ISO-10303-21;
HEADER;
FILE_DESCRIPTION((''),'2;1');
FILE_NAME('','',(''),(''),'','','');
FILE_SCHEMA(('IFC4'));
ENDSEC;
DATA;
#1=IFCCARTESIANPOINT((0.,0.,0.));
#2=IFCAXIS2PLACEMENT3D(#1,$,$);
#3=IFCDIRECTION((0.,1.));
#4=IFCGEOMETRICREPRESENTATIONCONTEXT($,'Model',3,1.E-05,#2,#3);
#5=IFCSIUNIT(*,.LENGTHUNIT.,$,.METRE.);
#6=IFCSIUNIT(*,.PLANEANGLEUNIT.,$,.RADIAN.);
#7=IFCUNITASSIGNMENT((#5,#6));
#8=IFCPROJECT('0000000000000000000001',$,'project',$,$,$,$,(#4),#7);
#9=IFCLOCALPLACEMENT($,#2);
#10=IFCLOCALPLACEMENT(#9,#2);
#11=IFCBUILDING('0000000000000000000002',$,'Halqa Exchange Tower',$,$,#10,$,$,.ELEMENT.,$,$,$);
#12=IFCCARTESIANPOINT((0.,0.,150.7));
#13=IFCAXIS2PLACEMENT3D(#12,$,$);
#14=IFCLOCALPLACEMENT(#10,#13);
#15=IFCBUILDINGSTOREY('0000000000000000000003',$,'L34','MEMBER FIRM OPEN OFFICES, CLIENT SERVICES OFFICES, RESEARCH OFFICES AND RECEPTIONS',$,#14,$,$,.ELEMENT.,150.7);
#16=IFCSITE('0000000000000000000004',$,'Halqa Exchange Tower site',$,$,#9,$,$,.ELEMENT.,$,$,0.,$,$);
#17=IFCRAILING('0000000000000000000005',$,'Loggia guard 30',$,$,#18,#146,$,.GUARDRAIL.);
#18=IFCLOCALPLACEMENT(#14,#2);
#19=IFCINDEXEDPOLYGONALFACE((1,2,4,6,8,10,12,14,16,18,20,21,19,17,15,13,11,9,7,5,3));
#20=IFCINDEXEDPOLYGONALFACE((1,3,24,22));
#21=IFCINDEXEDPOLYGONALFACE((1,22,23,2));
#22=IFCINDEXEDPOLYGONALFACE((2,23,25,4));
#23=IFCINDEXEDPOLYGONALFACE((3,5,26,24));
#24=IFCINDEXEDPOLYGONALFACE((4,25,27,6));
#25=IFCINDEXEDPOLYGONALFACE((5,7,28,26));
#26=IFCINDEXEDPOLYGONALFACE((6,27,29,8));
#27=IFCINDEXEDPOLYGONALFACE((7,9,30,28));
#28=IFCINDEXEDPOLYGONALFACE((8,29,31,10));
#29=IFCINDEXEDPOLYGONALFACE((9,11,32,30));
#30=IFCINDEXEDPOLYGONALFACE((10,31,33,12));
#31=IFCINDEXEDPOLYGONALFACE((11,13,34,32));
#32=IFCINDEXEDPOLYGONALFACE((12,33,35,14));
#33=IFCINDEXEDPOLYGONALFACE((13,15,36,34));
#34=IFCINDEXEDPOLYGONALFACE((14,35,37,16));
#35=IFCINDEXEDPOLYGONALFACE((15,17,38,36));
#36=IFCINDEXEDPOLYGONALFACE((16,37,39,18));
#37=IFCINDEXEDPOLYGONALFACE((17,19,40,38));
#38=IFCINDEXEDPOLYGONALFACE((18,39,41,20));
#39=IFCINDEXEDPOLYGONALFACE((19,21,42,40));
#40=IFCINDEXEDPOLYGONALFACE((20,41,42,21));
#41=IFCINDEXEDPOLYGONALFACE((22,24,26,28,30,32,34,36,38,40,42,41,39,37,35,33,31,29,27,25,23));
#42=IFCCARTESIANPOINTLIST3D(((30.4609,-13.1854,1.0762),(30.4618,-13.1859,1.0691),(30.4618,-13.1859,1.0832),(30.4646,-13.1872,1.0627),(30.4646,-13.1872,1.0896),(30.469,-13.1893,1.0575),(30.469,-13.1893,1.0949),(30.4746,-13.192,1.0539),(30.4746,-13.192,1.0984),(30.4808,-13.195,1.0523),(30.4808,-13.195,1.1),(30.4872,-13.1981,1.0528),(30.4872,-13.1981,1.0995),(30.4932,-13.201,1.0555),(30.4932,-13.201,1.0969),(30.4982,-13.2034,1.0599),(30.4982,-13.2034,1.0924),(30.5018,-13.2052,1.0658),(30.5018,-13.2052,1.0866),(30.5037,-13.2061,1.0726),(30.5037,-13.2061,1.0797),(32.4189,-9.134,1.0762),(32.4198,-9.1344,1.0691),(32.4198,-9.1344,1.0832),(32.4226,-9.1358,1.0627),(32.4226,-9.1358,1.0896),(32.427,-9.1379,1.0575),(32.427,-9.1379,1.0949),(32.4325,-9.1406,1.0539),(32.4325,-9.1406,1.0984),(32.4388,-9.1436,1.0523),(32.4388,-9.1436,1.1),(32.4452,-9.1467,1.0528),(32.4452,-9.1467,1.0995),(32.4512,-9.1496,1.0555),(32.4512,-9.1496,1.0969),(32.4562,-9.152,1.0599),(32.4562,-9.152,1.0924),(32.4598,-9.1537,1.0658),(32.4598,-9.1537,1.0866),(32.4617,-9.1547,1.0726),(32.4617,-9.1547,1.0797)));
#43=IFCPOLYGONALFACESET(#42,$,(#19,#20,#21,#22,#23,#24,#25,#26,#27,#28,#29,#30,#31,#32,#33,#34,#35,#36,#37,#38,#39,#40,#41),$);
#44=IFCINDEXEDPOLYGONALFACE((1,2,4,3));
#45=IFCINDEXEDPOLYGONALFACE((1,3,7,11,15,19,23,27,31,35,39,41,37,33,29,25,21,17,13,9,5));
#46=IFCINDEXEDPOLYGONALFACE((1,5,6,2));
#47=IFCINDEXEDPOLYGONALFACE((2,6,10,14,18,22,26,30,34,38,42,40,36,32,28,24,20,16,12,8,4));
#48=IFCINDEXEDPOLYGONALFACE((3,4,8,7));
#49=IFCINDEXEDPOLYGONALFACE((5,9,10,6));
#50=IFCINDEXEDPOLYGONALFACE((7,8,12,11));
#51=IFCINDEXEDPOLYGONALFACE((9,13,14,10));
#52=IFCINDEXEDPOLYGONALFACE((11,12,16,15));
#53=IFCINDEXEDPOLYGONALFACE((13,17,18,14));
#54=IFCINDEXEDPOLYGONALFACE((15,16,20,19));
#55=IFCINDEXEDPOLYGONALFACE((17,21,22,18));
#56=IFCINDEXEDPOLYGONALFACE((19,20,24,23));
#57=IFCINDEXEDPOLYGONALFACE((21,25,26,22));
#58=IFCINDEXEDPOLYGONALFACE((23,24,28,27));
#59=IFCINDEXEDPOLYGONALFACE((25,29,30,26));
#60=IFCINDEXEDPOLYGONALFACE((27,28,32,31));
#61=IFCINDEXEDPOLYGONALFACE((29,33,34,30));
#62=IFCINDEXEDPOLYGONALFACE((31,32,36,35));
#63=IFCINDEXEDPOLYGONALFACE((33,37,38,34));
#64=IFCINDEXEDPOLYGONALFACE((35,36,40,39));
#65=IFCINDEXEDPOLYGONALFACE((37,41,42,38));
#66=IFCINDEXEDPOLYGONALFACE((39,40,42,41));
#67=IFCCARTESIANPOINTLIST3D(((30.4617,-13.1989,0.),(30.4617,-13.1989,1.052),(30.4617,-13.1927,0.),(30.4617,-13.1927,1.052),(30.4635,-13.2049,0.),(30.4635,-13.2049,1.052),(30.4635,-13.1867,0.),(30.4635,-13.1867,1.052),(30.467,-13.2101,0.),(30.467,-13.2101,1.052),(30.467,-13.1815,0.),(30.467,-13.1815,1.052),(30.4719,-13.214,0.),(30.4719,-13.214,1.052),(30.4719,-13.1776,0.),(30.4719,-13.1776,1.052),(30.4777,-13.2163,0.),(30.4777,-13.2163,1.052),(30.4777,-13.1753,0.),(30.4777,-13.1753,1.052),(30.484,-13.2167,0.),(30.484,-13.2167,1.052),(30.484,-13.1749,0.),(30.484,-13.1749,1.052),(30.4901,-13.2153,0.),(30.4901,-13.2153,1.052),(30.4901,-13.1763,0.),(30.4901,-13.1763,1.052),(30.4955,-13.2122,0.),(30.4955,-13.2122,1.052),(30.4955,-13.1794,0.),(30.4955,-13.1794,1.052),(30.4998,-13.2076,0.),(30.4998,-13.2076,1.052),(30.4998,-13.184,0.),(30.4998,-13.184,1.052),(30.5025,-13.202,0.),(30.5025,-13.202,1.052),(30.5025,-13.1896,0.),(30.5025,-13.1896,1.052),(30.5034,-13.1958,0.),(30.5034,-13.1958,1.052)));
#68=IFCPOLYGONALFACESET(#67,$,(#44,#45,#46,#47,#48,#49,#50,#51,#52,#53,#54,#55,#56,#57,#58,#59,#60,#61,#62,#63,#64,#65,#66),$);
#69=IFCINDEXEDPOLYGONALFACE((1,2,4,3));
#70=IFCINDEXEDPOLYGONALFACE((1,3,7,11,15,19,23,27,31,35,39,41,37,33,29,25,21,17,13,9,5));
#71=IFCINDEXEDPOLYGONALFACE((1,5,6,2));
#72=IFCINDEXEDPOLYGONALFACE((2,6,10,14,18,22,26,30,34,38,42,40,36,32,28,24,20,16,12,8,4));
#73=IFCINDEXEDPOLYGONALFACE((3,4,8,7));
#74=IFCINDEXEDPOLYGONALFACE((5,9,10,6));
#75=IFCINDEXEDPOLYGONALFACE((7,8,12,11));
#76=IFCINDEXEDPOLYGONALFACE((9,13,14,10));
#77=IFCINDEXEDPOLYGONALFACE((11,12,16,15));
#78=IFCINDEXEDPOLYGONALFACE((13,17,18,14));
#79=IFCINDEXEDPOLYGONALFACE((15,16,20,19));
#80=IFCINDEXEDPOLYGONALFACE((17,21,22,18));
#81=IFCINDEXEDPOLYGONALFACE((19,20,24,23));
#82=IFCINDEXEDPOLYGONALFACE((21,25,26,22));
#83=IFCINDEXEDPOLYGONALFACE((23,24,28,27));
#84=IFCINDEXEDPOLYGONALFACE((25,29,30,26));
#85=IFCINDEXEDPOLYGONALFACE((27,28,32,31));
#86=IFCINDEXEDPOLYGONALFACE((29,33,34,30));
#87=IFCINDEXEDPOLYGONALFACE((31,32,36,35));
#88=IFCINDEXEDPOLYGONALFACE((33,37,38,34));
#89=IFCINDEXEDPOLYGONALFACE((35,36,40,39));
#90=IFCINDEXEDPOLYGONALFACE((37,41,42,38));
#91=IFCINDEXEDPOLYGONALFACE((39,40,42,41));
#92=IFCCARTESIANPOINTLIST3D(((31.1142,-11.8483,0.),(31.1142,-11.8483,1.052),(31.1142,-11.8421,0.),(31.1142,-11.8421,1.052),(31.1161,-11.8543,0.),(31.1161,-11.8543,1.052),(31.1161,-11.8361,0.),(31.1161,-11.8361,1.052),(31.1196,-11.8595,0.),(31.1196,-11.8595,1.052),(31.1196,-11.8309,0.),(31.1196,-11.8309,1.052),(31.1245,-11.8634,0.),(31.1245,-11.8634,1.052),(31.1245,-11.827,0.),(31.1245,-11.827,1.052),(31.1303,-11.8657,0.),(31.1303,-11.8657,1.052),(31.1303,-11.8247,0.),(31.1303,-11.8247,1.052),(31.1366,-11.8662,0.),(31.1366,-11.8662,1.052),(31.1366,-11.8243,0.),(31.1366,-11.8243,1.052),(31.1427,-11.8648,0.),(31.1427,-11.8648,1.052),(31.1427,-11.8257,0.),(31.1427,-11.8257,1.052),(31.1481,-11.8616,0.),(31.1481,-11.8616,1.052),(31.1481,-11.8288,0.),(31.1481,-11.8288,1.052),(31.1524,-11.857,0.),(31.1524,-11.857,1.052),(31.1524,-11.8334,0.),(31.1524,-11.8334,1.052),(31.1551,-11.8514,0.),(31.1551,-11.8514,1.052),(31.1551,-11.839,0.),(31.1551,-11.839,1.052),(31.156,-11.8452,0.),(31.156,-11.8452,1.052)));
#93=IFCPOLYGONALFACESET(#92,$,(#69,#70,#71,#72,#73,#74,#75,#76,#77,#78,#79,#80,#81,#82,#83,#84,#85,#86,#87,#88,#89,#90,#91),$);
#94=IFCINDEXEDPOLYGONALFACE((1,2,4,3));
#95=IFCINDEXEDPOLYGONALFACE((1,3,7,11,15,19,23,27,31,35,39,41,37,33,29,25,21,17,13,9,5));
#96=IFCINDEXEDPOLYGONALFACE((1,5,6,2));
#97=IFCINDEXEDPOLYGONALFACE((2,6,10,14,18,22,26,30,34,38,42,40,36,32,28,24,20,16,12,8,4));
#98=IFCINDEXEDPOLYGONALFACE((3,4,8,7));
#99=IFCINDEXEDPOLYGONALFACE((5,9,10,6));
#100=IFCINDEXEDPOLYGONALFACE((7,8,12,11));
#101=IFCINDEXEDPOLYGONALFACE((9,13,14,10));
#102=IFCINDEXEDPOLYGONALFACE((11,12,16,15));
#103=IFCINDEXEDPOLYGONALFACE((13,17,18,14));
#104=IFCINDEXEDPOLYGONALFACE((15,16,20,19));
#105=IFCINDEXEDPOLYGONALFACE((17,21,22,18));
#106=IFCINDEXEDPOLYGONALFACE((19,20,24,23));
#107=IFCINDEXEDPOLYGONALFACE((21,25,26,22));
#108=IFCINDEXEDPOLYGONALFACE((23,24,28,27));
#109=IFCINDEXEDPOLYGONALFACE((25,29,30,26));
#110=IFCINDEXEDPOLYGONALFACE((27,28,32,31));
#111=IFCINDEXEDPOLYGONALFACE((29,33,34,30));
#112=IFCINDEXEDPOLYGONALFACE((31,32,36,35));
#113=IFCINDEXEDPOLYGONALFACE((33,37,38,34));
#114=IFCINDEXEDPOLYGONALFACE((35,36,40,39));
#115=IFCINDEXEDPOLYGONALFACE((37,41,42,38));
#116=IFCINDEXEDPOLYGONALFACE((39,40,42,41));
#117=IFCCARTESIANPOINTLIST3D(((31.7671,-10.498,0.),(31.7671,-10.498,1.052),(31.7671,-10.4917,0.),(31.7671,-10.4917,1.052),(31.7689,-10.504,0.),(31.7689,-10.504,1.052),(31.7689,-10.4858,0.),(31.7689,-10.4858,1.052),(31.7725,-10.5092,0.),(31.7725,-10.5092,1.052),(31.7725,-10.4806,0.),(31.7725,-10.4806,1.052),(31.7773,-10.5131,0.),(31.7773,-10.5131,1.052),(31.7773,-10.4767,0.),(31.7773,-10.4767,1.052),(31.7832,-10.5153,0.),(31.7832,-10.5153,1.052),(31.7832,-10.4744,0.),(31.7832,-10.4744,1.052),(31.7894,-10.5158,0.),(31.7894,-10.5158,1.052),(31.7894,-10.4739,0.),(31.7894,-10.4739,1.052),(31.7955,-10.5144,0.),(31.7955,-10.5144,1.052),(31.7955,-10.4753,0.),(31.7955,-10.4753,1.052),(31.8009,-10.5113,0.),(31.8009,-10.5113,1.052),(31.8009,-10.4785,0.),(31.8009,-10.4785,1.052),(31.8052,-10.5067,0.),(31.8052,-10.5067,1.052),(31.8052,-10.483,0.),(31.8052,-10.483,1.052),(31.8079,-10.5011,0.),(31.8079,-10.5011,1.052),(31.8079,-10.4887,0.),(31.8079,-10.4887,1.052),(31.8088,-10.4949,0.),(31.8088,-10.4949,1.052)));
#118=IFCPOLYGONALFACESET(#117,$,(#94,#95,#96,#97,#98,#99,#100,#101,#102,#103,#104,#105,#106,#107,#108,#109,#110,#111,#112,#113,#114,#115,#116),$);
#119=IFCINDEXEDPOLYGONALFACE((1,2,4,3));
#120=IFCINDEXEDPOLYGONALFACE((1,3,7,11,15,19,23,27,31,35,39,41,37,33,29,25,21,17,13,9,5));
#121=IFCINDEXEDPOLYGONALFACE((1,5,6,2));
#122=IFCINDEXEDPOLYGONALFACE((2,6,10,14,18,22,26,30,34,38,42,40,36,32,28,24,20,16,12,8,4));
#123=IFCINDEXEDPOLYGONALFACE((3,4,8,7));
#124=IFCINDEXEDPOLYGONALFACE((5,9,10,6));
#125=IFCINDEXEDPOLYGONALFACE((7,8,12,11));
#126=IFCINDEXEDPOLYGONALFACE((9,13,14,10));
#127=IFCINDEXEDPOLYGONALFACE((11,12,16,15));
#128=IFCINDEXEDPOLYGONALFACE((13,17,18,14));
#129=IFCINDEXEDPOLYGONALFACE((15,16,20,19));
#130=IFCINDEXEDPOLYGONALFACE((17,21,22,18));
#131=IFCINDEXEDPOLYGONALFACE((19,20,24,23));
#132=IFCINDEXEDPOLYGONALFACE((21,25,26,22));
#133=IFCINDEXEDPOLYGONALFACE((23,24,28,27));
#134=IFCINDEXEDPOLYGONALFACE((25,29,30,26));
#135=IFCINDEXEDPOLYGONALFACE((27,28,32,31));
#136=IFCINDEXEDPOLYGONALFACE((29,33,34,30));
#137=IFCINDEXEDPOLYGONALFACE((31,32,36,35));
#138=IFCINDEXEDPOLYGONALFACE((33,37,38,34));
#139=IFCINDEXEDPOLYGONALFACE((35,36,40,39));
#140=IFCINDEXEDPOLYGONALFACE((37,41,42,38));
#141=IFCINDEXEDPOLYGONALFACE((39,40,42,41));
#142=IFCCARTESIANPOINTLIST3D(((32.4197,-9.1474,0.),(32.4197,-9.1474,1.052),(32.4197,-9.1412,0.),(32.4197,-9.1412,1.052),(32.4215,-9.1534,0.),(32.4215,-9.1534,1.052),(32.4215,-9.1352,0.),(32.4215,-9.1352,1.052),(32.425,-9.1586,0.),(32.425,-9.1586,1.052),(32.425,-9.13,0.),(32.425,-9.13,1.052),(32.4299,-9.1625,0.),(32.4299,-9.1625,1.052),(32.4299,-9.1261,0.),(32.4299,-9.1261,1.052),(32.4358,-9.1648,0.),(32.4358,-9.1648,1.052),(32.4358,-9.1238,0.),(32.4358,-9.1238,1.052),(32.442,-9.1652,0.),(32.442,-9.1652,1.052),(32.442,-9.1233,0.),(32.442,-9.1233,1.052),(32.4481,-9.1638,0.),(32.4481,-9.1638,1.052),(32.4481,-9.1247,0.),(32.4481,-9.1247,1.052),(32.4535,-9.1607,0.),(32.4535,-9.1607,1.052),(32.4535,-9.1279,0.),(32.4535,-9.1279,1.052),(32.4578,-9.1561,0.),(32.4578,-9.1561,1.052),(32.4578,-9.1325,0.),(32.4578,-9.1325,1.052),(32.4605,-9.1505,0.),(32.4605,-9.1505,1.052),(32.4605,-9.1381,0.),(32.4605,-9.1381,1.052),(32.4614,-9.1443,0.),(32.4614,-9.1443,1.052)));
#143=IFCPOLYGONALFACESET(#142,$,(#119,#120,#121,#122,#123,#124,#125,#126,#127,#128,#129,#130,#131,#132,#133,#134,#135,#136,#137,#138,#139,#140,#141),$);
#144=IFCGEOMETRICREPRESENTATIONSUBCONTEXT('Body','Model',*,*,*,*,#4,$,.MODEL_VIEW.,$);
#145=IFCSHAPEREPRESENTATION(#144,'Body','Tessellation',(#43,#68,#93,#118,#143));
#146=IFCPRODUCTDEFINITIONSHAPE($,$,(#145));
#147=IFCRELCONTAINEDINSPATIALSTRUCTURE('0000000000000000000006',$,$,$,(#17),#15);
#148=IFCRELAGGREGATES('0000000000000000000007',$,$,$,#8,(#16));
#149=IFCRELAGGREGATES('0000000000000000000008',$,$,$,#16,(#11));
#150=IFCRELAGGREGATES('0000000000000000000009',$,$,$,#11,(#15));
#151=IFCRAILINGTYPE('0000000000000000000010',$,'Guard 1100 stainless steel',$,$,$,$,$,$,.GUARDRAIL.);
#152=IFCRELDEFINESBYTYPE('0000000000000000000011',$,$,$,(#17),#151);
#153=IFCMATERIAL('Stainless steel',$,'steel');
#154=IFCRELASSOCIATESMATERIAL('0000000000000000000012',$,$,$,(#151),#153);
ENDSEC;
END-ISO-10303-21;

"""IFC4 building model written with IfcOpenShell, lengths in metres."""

from ifc_helpers import new_model, si_unit, direction, frame, origin, origin_2d, place, context, subcontext, project, spatial, circle, extrude, material, type_object, element, save


model = new_model("IFC4")

# Units and contexts
model_context = context("Model", 3, precision=1e-05, world=origin(), true_north=direction((0.0, 1.0)))
body_context = subcontext(model_context, "Body", "Model", "MODEL_VIEW")
ifc_project = project(units=[si_unit("LENGTHUNIT", "METRE"), si_unit("PLANEANGLEUNIT", "RADIAN")], contexts=[model_context])

# Site, building, storey
site_placement = place(None, origin())
site = spatial("IfcSite", under=ifc_project, at=site_placement, Name="Halqa Exchange Tower site", CompositionType="ELEMENT", RefElevation=0.0)
building_placement = place(site_placement, origin())
building = spatial("IfcBuilding", under=site, at=building_placement, Name="Halqa Exchange Tower", CompositionType="ELEMENT")
storey_placement = place(building_placement, frame((0.0, 0.0, 150.7)))
storey = spatial("IfcBuildingStorey", under=building, at=storey_placement, Name="L34", Description="MEMBER FIRM OPEN OFFICES, CLIENT SERVICES OFFICES, RESEARCH OFFICES AND RECEPTIONS", CompositionType="ELEMENT", Elevation=150.7)

# Railing
ifc_material_1 = material(Name="Stainless steel", Category="steel")
railing_type = type_object("IfcRailingType", Name="Guard 1100 stainless steel", PredefinedType="GUARDRAIL", material=ifc_material_1)
railing_1_placement = place(storey_placement, frame((30.4824, -13.1958, 0.0)))
element("IfcRailing", 1, at=railing_1_placement, inside=storey, type_object=railing_type, Name="Loggia guard 30", PredefinedType="GUARDRAIL", context=body_context, shape_type="SweptSolid", body=[
    extrude(circle(Radius=0.0239, at=origin_2d()), frame((0.0, 0.0, 1.0762), z_axis=(0.435128, 0.900368, 0.0), x_axis=(-0.900368, 0.435128, 0.0)), (0.0, 0.0, 1.0), 4.4998),
    extrude(circle(Radius=0.021, at=origin_2d()), origin(), (0.0, 0.0, 1.0), 1.052),
    extrude(circle(Radius=0.021, at=origin_2d()), frame((0.6526, 1.3506, 0.0)), (0.0, 0.0, 1.0), 1.052),
    extrude(circle(Radius=0.021, at=origin_2d()), frame((1.3054, 2.7009, 0.0)), (0.0, 0.0, 1.0), 1.052),
    extrude(circle(Radius=0.021, at=origin_2d()), frame((1.958, 4.0515, 0.0)), (0.0, 0.0, 1.0), 1.052),
])

save(model, "model.ifc")
